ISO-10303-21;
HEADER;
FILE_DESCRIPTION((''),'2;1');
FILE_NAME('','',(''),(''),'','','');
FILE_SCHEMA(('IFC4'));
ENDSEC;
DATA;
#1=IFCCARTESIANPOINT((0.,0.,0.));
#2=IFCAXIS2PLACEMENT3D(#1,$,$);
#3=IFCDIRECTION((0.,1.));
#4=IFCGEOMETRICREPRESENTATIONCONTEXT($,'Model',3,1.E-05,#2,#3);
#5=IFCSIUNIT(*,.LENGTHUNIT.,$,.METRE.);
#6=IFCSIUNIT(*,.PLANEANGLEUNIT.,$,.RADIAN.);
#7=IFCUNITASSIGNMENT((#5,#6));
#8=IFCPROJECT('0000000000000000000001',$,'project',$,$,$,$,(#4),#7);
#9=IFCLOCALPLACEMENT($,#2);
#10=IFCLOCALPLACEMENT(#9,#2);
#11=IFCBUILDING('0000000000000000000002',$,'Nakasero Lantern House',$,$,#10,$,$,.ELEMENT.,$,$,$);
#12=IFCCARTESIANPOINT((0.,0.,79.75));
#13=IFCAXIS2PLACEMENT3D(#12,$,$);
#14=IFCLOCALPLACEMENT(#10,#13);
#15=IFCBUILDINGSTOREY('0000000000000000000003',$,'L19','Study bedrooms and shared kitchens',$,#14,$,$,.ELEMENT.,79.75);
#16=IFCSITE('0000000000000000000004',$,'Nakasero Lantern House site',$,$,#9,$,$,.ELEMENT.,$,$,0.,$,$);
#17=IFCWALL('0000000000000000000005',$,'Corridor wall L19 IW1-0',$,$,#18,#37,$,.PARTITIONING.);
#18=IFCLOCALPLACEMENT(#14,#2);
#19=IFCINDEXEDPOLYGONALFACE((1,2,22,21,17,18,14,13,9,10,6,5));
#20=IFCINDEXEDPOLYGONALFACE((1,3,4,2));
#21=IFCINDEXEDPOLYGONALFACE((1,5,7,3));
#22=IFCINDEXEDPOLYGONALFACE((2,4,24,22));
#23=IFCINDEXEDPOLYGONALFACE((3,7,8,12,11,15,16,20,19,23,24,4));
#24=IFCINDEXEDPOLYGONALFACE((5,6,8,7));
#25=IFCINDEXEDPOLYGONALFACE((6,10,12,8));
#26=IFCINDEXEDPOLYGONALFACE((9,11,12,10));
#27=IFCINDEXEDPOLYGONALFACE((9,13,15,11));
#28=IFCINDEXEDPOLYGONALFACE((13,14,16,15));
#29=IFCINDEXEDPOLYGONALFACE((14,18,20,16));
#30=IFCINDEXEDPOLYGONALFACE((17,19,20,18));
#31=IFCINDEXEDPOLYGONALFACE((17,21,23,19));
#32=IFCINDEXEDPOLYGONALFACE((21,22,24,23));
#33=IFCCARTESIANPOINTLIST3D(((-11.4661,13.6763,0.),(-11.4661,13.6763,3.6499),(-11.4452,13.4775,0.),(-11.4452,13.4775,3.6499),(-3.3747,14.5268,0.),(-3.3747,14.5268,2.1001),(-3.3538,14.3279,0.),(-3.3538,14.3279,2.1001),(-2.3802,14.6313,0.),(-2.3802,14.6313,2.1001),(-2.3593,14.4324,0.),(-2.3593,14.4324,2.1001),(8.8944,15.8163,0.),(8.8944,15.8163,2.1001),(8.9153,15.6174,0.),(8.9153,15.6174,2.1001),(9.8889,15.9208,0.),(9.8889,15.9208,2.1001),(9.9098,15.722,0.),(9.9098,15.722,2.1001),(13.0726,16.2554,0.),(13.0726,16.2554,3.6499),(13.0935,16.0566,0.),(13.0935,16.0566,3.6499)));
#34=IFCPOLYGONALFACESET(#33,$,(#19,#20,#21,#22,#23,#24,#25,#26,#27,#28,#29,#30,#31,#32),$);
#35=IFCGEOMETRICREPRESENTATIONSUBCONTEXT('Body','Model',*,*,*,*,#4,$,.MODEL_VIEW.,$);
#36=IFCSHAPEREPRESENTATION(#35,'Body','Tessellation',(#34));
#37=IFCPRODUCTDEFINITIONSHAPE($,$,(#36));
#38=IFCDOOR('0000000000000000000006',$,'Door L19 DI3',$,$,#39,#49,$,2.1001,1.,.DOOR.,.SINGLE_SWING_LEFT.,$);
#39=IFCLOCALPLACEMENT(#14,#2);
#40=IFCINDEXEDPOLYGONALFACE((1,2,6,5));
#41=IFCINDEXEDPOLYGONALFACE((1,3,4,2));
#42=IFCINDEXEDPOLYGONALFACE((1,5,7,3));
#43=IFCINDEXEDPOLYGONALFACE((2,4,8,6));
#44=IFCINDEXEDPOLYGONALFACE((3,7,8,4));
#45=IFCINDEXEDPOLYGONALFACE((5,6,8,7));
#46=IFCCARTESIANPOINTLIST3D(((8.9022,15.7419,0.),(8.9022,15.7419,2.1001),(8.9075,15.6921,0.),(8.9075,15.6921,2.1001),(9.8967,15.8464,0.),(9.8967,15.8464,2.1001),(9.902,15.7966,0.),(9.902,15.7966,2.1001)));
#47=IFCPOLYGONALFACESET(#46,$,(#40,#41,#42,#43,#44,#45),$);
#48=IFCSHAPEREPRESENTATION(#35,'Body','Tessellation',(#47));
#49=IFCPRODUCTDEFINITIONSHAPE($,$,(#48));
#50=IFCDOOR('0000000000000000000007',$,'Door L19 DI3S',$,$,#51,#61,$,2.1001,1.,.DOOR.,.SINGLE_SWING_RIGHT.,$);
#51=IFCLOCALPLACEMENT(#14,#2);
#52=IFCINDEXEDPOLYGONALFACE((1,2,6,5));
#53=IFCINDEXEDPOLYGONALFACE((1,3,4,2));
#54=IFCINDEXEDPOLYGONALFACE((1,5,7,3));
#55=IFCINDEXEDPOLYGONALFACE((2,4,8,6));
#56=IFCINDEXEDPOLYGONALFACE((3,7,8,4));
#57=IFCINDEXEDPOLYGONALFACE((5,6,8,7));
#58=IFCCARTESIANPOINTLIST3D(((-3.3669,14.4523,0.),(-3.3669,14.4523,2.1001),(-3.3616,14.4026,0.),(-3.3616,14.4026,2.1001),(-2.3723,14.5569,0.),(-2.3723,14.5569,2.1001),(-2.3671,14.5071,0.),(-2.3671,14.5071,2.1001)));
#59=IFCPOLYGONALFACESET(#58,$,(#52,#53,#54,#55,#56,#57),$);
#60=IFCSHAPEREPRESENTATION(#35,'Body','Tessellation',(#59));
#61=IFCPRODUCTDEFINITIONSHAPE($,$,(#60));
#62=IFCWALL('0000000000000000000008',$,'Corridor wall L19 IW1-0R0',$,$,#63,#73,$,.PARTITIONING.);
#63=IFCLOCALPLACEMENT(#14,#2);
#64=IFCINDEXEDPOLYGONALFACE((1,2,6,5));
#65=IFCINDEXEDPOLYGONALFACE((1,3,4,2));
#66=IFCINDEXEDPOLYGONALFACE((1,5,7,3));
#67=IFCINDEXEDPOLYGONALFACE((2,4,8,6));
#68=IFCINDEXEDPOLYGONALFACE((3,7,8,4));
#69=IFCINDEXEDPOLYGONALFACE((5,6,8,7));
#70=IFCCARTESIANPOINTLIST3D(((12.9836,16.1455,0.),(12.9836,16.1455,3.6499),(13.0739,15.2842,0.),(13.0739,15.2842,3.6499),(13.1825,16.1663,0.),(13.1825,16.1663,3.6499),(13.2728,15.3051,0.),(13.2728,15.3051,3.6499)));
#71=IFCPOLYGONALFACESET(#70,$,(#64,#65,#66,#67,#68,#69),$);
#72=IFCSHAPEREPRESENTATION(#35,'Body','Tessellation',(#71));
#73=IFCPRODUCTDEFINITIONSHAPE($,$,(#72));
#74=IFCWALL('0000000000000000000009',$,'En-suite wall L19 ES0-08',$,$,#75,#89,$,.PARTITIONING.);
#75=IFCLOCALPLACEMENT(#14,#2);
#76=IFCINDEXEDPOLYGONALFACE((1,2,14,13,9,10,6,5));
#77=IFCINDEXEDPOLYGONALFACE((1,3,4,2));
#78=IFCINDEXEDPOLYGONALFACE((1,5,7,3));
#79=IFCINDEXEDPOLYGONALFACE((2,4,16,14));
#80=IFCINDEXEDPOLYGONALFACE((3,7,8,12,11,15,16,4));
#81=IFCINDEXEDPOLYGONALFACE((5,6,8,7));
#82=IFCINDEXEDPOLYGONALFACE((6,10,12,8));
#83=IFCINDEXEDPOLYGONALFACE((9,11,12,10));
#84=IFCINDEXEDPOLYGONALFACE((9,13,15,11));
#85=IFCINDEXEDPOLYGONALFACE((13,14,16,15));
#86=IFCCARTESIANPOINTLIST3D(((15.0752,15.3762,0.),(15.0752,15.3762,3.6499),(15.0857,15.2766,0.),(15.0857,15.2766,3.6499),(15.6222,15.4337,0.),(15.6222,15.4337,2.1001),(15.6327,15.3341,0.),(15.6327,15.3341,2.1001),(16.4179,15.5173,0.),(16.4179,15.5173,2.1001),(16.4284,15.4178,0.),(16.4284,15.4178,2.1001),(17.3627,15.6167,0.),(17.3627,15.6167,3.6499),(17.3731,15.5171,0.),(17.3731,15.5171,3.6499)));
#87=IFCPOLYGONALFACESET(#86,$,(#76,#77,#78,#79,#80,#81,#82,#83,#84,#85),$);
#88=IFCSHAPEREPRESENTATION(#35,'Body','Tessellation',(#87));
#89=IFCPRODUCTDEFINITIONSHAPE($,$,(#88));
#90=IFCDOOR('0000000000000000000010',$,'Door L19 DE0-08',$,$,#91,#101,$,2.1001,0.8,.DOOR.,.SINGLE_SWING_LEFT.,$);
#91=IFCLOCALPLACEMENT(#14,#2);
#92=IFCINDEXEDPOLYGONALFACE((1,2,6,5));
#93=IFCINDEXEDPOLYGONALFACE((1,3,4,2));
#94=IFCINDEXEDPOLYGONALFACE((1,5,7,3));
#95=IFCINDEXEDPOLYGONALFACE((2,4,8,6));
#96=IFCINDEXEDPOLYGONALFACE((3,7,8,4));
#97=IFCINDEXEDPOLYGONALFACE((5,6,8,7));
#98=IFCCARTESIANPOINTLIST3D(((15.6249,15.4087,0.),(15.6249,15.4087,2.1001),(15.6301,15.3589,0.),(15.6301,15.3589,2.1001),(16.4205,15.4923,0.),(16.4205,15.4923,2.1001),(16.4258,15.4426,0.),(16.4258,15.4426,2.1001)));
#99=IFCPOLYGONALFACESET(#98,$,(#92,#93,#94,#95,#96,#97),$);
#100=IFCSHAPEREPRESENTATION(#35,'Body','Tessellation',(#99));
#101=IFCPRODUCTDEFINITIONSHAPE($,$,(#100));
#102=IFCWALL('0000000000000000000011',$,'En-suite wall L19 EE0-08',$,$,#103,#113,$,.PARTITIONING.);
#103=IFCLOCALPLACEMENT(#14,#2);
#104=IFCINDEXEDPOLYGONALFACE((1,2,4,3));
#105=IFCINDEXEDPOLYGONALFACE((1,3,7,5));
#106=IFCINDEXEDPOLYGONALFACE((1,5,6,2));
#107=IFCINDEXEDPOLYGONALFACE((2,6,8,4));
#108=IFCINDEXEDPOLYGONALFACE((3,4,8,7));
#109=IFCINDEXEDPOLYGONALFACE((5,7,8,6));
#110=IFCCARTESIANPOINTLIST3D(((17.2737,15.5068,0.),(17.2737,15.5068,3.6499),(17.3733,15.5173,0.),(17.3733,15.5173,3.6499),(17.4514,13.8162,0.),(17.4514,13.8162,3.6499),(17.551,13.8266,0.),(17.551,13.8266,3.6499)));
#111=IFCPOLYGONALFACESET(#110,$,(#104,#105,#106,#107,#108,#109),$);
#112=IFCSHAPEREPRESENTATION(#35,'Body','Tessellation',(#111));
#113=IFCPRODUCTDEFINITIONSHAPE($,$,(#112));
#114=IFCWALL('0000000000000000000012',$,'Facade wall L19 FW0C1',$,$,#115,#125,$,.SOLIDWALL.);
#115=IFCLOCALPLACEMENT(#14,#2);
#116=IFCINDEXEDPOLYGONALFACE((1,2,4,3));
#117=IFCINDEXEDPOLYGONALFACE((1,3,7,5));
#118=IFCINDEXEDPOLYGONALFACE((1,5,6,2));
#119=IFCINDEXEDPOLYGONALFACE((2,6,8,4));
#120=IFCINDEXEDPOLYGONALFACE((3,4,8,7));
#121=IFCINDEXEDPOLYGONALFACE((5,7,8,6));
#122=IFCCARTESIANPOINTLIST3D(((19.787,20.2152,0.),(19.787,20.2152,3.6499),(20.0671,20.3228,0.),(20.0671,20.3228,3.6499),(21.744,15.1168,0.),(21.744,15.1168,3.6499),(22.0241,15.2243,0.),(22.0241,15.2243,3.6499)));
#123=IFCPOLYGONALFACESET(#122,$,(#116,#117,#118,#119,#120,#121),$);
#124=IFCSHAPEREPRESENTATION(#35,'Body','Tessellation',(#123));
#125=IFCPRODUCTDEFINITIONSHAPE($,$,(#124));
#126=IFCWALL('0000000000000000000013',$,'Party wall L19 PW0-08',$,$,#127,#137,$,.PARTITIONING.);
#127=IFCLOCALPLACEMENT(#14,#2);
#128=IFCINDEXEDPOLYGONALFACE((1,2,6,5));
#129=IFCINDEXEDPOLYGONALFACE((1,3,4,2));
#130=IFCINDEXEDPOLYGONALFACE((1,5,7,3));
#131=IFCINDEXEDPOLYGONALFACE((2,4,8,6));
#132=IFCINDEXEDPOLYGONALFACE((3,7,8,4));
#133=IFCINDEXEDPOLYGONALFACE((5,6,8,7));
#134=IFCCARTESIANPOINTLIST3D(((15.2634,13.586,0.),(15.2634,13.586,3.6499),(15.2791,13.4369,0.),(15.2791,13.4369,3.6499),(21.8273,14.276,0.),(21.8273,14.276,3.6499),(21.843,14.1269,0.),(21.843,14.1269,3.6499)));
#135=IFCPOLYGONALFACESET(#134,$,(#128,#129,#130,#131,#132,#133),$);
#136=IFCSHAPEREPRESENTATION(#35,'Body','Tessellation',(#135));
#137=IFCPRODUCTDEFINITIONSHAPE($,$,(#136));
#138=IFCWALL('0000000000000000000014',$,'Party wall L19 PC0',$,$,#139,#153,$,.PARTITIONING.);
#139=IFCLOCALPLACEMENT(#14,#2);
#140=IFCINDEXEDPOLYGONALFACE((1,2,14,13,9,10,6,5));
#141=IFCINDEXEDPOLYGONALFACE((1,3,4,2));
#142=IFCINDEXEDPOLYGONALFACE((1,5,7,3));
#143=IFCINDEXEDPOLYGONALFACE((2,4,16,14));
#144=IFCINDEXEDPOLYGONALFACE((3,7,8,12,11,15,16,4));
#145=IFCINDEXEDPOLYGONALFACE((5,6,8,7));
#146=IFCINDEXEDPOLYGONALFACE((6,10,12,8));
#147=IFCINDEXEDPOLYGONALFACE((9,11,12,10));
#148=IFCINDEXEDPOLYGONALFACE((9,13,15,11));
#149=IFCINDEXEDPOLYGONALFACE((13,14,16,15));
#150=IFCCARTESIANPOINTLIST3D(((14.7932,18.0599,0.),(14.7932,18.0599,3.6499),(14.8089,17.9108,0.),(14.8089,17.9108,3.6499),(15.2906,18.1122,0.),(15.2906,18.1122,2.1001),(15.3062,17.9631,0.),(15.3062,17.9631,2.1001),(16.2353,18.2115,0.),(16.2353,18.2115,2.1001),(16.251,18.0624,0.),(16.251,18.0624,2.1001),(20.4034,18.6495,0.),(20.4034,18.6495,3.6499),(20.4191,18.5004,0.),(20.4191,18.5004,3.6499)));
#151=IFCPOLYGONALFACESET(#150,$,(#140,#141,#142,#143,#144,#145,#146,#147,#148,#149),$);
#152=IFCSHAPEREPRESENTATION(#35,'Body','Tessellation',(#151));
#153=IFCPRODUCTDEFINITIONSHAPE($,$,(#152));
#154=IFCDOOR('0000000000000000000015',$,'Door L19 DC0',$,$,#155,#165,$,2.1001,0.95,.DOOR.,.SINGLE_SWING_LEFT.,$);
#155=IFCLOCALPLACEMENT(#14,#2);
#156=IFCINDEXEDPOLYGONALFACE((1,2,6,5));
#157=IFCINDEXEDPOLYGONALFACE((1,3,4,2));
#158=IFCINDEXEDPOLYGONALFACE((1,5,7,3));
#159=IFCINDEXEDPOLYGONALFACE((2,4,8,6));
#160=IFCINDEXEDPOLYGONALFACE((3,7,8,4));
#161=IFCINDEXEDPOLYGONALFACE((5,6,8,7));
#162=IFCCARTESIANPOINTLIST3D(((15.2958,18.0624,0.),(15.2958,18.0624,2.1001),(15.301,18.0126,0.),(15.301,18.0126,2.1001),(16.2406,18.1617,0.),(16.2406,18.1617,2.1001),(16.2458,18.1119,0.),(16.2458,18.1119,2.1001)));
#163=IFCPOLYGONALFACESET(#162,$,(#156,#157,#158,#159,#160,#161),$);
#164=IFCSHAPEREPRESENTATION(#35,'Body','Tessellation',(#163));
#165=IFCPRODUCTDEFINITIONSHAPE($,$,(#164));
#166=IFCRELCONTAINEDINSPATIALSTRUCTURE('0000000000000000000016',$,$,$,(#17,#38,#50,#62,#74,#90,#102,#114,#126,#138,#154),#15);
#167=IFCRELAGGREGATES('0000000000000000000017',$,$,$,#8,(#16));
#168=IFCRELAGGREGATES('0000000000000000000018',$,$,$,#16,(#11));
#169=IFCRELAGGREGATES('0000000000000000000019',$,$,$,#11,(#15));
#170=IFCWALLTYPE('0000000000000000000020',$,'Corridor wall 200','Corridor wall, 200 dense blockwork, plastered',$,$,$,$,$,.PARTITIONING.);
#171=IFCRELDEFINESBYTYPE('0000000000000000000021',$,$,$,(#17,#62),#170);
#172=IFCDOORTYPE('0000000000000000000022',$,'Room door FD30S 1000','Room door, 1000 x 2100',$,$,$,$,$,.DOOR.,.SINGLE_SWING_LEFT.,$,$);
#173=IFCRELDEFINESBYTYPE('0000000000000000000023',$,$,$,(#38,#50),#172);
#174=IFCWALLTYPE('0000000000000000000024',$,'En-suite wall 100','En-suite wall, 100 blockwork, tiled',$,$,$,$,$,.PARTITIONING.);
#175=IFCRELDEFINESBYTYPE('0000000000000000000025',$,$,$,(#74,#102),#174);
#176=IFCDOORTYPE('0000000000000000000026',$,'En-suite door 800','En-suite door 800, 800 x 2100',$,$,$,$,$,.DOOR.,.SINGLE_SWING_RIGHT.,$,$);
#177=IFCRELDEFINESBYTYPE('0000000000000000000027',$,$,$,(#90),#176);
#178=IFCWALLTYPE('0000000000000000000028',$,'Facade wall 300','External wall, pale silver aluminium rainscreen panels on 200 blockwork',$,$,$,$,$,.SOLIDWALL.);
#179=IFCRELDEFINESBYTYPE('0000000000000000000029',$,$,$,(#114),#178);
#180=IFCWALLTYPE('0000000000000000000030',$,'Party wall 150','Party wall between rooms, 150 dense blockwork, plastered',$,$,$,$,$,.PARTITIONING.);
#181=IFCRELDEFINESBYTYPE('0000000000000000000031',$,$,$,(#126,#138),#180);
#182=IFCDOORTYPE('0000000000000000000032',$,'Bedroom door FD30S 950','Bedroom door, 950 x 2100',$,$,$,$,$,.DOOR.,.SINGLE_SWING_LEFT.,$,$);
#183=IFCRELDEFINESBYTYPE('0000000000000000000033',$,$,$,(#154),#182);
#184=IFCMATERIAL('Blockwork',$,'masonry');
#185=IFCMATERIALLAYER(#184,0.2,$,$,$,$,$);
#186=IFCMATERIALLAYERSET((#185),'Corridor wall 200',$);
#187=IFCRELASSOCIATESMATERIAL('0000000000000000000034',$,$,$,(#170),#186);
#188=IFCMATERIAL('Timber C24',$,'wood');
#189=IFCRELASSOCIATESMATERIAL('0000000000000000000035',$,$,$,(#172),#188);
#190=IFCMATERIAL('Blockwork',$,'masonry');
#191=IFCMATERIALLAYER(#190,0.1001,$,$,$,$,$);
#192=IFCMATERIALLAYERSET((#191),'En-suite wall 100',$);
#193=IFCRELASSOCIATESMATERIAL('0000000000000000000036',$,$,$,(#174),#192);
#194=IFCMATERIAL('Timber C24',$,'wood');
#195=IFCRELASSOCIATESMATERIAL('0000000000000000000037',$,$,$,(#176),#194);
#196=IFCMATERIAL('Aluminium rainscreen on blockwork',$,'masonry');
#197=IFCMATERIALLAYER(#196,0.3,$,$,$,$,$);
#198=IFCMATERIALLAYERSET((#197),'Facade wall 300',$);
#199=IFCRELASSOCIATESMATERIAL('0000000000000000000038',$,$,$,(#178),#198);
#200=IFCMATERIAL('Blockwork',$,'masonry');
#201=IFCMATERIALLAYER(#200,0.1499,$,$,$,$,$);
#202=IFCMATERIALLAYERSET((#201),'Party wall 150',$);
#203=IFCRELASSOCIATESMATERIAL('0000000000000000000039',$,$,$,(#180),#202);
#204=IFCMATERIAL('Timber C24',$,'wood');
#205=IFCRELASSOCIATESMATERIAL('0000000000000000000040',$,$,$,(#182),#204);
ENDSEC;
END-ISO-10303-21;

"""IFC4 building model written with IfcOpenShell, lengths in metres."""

from ifc_helpers import new_model, si_unit, direction, frame, frame_2d, origin, place, context, subcontext, project, spatial, rectangle, extrude, material, layer, layer_set, type_object, element, fill, save


model = new_model("IFC4")

# Units and contexts
model_context = context("Model", 3, precision=1e-05, world=origin(), true_north=direction((0.0, 1.0)))
body_context = subcontext(model_context, "Body", "Model", "MODEL_VIEW")
ifc_project = project(units=[si_unit("LENGTHUNIT", "METRE"), si_unit("PLANEANGLEUNIT", "RADIAN")], contexts=[model_context])

# Site, building, storey
site_placement = place(None, origin())
site = spatial("IfcSite", under=ifc_project, at=site_placement, Name="Nakasero Lantern House site", CompositionType="ELEMENT", RefElevation=0.0)
building_placement = place(site_placement, origin())
building = spatial("IfcBuilding", under=site, at=building_placement, Name="Nakasero Lantern House", CompositionType="ELEMENT")
storey_placement = place(building_placement, frame((0.0, 0.0, 79.75)))
storey = spatial("IfcBuildingStorey", under=building, at=storey_placement, Name="L19", Description="Study bedrooms and shared kitchens", CompositionType="ELEMENT", Elevation=79.75)

# Wall, openings, doors
ifc_material_1 = material(Name="Blockwork", Category="masonry")
ifc_layer_1 = layer(ifc_material_1, 0.2)
ifc_layer_set_1 = layer_set([ifc_layer_1], Name="Corridor wall 200")
wall_type_1 = type_object("IfcWallType", Name="Corridor wall 200", Description="Corridor wall, 200 dense blockwork, plastered", PredefinedType="PARTITIONING", material=ifc_layer_set_1)
wall_1_placement = place(storey_placement, frame((13.083, 16.156, 0.0), z_axis=(0.0, 0.0, 1.0), x_axis=(-0.994522, -0.104528, 0.0)))
wall_1 = element("IfcWall", 1, at=wall_1_placement, inside=storey, type_object=wall_type_1, Name="Corridor wall L19 IW1-0", PredefinedType="PARTITIONING", context=body_context, shape_type="SweptSolid", body=[
    extrude(rectangle(XDim=24.6738, YDim=0.2, at=frame_2d((12.3369, 0.0))), origin(), (0.0, 0.0, 1.0), 3.6499),
])
opening_1_placement = place(wall_1_placement, frame((3.2012, 0.0, 0.0)))
opening_1 = element("IfcOpeningElement", 2, at=opening_1_placement, cuts=wall_1, PredefinedType="OPENING", context=body_context, shape_type="SweptSolid", body=[
    extrude(rectangle(XDim=1.0, YDim=2.1001, at=frame_2d((0.5, 1.05))), frame((0.0, 0.1199, 0.0), z_axis=(0.0, -1.0, 0.0), x_axis=(1.0, 0.0, 0.0)), (0.0, 0.0, 1.0), 0.24),
])
opening_2_placement = place(wall_1_placement, frame((15.5378, 0.0, 0.0)))
opening_2 = element("IfcOpeningElement", 3, at=opening_2_placement, cuts=wall_1, PredefinedType="OPENING", context=body_context, shape_type="SweptSolid", body=[
    extrude(rectangle(XDim=1.0, YDim=2.1001, at=frame_2d((0.5, 1.05))), frame((0.0, 0.1199, 0.0), z_axis=(0.0, -1.0, 0.0), x_axis=(1.0, 0.0, 0.0)), (0.0, 0.0, 1.0), 0.24),
])
ifc_material_2 = material(Name="Timber C24", Category="wood")
door_type_1 = type_object("IfcDoorType", Name="Room door FD30S 1000", Description="Room door, 1000 x 2100", OperationType="SINGLE_SWING_LEFT", PredefinedType="DOOR", material=ifc_material_2)
door_1_placement = place(opening_1_placement, origin())
door_1 = element("IfcDoor", 4, at=door_1_placement, inside=storey, type_object=door_type_1, Name="Door L19 DI3", OperationType="SINGLE_SWING_LEFT", OverallHeight=2.1001, OverallWidth=1.0, PredefinedType="DOOR", context=body_context, shape_type="SweptSolid", body=[
    extrude(rectangle(XDim=1.0, YDim=2.1001, at=frame_2d((0.5, 1.05))), frame((0.0, 0.0249, 0.0), z_axis=(0.0, -1.0, 0.0), x_axis=(1.0, 0.0, 0.0)), (0.0, 0.0, 1.0), 0.05),
])
fill(opening_1, door_1)
door_2_placement = place(opening_2_placement, origin())
door_2 = element("IfcDoor", 5, at=door_2_placement, inside=storey, type_object=door_type_1, Name="Door L19 DI3S", OperationType="SINGLE_SWING_RIGHT", OverallHeight=2.1001, OverallWidth=1.0, PredefinedType="DOOR", context=body_context, shape_type="SweptSolid", body=[
    extrude(rectangle(XDim=1.0, YDim=2.1001, at=frame_2d((0.5, 1.05))), frame((0.0, 0.0249, 0.0), z_axis=(0.0, -1.0, 0.0), x_axis=(1.0, 0.0, 0.0)), (0.0, 0.0, 1.0), 0.05),
])
fill(opening_2, door_2)

# Wall
wall_2_placement = place(storey_placement, frame((13.083, 16.156, 0.0), z_axis=(0.0, 0.0, 1.0), x_axis=(0.104303, -0.994546, 0.0)))
element("IfcWall", 6, at=wall_2_placement, inside=storey, type_object=wall_type_1, Name="Corridor wall L19 IW1-0R0", PredefinedType="PARTITIONING", context=body_context, shape_type="SweptSolid", body=[
    extrude(rectangle(XDim=0.866, YDim=0.2, at=frame_2d((0.4331, 0.0))), origin(), (0.0, 0.0, 1.0), 3.6499),
])

# Wall, opening, door
ifc_material_3 = material(Name="Blockwork", Category="masonry")
ifc_layer_2 = layer(ifc_material_3, 0.1001)
ifc_layer_set_2 = layer_set([ifc_layer_2], Name="En-suite wall 100")
wall_type_2 = type_object("IfcWallType", Name="En-suite wall 100", Description="En-suite wall, 100 blockwork, tiled", PredefinedType="PARTITIONING", material=ifc_layer_set_2)
wall_3_placement = place(storey_placement, frame((15.0806, 15.3264, 0.0), z_axis=(0.0, 0.0, 1.0), x_axis=(0.994519, 0.104558, 0.0)))
wall_3 = element("IfcWall", 7, at=wall_3_placement, inside=storey, type_object=wall_type_2, Name="En-suite wall L19 ES0-08", PredefinedType="PARTITIONING", context=body_context, shape_type="SweptSolid", body=[
    extrude(rectangle(XDim=2.3, YDim=0.1001, at=frame_2d((1.1499, 0.0))), origin(), (0.0, 0.0, 1.0), 3.6499),
])
opening_3_placement = place(wall_3_placement, frame((0.55, 0.0, 0.0)))
opening_3 = element("IfcOpeningElement", 8, at=opening_3_placement, cuts=wall_3, PredefinedType="OPENING", context=body_context, shape_type="SweptSolid", body=[
    extrude(rectangle(XDim=0.8, YDim=2.1001, at=frame_2d((0.3999, 1.05))), frame((0.0, 0.0701, 0.0), z_axis=(0.0, -1.0, 0.0), x_axis=(1.0, 0.0, 0.0)), (0.0, 0.0, 1.0), 0.1401),
])
ifc_material_4 = material(Name="Timber C24", Category="wood")
door_type_2 = type_object("IfcDoorType", Name="En-suite door 800", Description="En-suite door 800, 800 x 2100", OperationType="SINGLE_SWING_RIGHT", PredefinedType="DOOR", material=ifc_material_4)
door_3_placement = place(opening_3_placement, origin())
door_3 = element("IfcDoor", 9, at=door_3_placement, inside=storey, type_object=door_type_2, Name="Door L19 DE0-08", OperationType="SINGLE_SWING_LEFT", OverallHeight=2.1001, OverallWidth=0.8, PredefinedType="DOOR", context=body_context, shape_type="SweptSolid", body=[
    extrude(rectangle(XDim=0.8, YDim=2.1001, at=frame_2d((0.3999, 1.05))), frame((0.0, 0.0249, 0.0), z_axis=(0.0, -1.0, 0.0), x_axis=(1.0, 0.0, 0.0)), (0.0, 0.0, 1.0), 0.05),
])
fill(opening_3, door_3)

# Walls
wall_4_placement = place(storey_placement, frame((17.5012, 13.8213, 0.0), z_axis=(0.0, 0.0, 1.0), x_axis=(-0.10455, 0.99452, 0.0)))
element("IfcWall", 10, at=wall_4_placement, inside=storey, type_object=wall_type_2, Name="En-suite wall L19 EE0-08", PredefinedType="PARTITIONING", context=body_context, shape_type="SweptSolid", body=[
    extrude(rectangle(XDim=1.7, YDim=0.1001, at=frame_2d((0.8501, 0.0))), origin(), (0.0, 0.0, 1.0), 3.6499),
])
ifc_material_5 = material(Name="Aluminium rainscreen on blockwork", Category="masonry")
ifc_layer_3 = layer(ifc_material_5, 0.3)
ifc_layer_set_3 = layer_set([ifc_layer_3], Name="Facade wall 300")
wall_type_3 = type_object("IfcWallType", Name="Facade wall 300", Description="External wall, pale silver aluminium rainscreen panels on 200 blockwork", PredefinedType="SOLIDWALL", material=ifc_layer_set_3)
wall_5_placement = place(storey_placement, frame((21.884, 15.1707, 0.0), z_axis=(0.0, 0.0, 1.0), x_axis=(-0.358359, 0.933584, 0.0)))
element("IfcWall", 11, at=wall_5_placement, inside=storey, type_object=wall_type_3, Name="Facade wall L19 FW0C1", PredefinedType="SOLIDWALL", context=body_context, shape_type="SweptSolid", body=[
    extrude(rectangle(XDim=5.4612, YDim=0.3, at=frame_2d((2.7305, 0.0))), origin(), (0.0, 0.0, 1.0), 3.6499),
])
ifc_material_6 = material(Name="Blockwork", Category="masonry")
ifc_layer_4 = layer(ifc_material_6, 0.1499)
ifc_layer_set_4 = layer_set([ifc_layer_4], Name="Party wall 150")
wall_type_4 = type_object("IfcWallType", Name="Party wall 150", Description="Party wall between rooms, 150 dense blockwork, plastered", PredefinedType="PARTITIONING", material=ifc_layer_set_4)
wall_6_placement = place(storey_placement, frame((15.2712, 13.5115, 0.0), z_axis=(0.0, 0.0, 1.0), x_axis=(0.994521, 0.104535, 0.0)))
element("IfcWall", 12, at=wall_6_placement, inside=storey, type_object=wall_type_4, Name="Party wall L19 PW0-08", PredefinedType="PARTITIONING", context=body_context, shape_type="SweptSolid", body=[
    extrude(rectangle(XDim=6.6001, YDim=0.1499, at=frame_2d((3.3, 0.0))), origin(), (0.0, 0.0, 1.0), 3.6499),
])

# Wall, opening, door
wall_7_placement = place(storey_placement, frame((14.801, 17.9854, 0.0), z_axis=(0.0, 0.0, 1.0), x_axis=(0.994523, 0.10452, 0.0)))
wall_7 = element("IfcWall", 13, at=wall_7_placement, inside=storey, type_object=wall_type_4, Name="Party wall L19 PC0", PredefinedType="PARTITIONING", context=body_context, shape_type="SweptSolid", body=[
    extrude(rectangle(XDim=5.6411, YDim=0.1499, at=frame_2d((2.8206, 0.0))), origin(), (0.0, 0.0, 1.0), 3.6499),
])
opening_4_placement = place(wall_7_placement, frame((0.5, 0.0, 0.0)))
opening_4 = element("IfcOpeningElement", 14, at=opening_4_placement, cuts=wall_7, PredefinedType="OPENING", context=body_context, shape_type="SweptSolid", body=[
    extrude(rectangle(XDim=0.95, YDim=2.1001, at=frame_2d((0.4751, 1.05))), frame((0.0, 0.095, 0.0), z_axis=(0.0, -1.0, 0.0), x_axis=(1.0, 0.0, 0.0)), (0.0, 0.0, 1.0), 0.1899),
])
ifc_material_7 = material(Name="Timber C24", Category="wood")
door_type_3 = type_object("IfcDoorType", Name="Bedroom door FD30S 950", Description="Bedroom door, 950 x 2100", OperationType="SINGLE_SWING_LEFT", PredefinedType="DOOR", material=ifc_material_7)
door_4_placement = place(opening_4_placement, origin())
door_4 = element("IfcDoor", 15, at=door_4_placement, inside=storey, type_object=door_type_3, Name="Door L19 DC0", OperationType="SINGLE_SWING_LEFT", OverallHeight=2.1001, OverallWidth=0.95, PredefinedType="DOOR", context=body_context, shape_type="SweptSolid", body=[
    extrude(rectangle(XDim=0.95, YDim=2.1001, at=frame_2d((0.4751, 1.05))), frame((0.0, 0.0249, 0.0), z_axis=(0.0, -1.0, 0.0), x_axis=(1.0, 0.0, 0.0)), (0.0, 0.0, 1.0), 0.05),
])
fill(opening_4, door_4)

save(model, "model.ifc")
